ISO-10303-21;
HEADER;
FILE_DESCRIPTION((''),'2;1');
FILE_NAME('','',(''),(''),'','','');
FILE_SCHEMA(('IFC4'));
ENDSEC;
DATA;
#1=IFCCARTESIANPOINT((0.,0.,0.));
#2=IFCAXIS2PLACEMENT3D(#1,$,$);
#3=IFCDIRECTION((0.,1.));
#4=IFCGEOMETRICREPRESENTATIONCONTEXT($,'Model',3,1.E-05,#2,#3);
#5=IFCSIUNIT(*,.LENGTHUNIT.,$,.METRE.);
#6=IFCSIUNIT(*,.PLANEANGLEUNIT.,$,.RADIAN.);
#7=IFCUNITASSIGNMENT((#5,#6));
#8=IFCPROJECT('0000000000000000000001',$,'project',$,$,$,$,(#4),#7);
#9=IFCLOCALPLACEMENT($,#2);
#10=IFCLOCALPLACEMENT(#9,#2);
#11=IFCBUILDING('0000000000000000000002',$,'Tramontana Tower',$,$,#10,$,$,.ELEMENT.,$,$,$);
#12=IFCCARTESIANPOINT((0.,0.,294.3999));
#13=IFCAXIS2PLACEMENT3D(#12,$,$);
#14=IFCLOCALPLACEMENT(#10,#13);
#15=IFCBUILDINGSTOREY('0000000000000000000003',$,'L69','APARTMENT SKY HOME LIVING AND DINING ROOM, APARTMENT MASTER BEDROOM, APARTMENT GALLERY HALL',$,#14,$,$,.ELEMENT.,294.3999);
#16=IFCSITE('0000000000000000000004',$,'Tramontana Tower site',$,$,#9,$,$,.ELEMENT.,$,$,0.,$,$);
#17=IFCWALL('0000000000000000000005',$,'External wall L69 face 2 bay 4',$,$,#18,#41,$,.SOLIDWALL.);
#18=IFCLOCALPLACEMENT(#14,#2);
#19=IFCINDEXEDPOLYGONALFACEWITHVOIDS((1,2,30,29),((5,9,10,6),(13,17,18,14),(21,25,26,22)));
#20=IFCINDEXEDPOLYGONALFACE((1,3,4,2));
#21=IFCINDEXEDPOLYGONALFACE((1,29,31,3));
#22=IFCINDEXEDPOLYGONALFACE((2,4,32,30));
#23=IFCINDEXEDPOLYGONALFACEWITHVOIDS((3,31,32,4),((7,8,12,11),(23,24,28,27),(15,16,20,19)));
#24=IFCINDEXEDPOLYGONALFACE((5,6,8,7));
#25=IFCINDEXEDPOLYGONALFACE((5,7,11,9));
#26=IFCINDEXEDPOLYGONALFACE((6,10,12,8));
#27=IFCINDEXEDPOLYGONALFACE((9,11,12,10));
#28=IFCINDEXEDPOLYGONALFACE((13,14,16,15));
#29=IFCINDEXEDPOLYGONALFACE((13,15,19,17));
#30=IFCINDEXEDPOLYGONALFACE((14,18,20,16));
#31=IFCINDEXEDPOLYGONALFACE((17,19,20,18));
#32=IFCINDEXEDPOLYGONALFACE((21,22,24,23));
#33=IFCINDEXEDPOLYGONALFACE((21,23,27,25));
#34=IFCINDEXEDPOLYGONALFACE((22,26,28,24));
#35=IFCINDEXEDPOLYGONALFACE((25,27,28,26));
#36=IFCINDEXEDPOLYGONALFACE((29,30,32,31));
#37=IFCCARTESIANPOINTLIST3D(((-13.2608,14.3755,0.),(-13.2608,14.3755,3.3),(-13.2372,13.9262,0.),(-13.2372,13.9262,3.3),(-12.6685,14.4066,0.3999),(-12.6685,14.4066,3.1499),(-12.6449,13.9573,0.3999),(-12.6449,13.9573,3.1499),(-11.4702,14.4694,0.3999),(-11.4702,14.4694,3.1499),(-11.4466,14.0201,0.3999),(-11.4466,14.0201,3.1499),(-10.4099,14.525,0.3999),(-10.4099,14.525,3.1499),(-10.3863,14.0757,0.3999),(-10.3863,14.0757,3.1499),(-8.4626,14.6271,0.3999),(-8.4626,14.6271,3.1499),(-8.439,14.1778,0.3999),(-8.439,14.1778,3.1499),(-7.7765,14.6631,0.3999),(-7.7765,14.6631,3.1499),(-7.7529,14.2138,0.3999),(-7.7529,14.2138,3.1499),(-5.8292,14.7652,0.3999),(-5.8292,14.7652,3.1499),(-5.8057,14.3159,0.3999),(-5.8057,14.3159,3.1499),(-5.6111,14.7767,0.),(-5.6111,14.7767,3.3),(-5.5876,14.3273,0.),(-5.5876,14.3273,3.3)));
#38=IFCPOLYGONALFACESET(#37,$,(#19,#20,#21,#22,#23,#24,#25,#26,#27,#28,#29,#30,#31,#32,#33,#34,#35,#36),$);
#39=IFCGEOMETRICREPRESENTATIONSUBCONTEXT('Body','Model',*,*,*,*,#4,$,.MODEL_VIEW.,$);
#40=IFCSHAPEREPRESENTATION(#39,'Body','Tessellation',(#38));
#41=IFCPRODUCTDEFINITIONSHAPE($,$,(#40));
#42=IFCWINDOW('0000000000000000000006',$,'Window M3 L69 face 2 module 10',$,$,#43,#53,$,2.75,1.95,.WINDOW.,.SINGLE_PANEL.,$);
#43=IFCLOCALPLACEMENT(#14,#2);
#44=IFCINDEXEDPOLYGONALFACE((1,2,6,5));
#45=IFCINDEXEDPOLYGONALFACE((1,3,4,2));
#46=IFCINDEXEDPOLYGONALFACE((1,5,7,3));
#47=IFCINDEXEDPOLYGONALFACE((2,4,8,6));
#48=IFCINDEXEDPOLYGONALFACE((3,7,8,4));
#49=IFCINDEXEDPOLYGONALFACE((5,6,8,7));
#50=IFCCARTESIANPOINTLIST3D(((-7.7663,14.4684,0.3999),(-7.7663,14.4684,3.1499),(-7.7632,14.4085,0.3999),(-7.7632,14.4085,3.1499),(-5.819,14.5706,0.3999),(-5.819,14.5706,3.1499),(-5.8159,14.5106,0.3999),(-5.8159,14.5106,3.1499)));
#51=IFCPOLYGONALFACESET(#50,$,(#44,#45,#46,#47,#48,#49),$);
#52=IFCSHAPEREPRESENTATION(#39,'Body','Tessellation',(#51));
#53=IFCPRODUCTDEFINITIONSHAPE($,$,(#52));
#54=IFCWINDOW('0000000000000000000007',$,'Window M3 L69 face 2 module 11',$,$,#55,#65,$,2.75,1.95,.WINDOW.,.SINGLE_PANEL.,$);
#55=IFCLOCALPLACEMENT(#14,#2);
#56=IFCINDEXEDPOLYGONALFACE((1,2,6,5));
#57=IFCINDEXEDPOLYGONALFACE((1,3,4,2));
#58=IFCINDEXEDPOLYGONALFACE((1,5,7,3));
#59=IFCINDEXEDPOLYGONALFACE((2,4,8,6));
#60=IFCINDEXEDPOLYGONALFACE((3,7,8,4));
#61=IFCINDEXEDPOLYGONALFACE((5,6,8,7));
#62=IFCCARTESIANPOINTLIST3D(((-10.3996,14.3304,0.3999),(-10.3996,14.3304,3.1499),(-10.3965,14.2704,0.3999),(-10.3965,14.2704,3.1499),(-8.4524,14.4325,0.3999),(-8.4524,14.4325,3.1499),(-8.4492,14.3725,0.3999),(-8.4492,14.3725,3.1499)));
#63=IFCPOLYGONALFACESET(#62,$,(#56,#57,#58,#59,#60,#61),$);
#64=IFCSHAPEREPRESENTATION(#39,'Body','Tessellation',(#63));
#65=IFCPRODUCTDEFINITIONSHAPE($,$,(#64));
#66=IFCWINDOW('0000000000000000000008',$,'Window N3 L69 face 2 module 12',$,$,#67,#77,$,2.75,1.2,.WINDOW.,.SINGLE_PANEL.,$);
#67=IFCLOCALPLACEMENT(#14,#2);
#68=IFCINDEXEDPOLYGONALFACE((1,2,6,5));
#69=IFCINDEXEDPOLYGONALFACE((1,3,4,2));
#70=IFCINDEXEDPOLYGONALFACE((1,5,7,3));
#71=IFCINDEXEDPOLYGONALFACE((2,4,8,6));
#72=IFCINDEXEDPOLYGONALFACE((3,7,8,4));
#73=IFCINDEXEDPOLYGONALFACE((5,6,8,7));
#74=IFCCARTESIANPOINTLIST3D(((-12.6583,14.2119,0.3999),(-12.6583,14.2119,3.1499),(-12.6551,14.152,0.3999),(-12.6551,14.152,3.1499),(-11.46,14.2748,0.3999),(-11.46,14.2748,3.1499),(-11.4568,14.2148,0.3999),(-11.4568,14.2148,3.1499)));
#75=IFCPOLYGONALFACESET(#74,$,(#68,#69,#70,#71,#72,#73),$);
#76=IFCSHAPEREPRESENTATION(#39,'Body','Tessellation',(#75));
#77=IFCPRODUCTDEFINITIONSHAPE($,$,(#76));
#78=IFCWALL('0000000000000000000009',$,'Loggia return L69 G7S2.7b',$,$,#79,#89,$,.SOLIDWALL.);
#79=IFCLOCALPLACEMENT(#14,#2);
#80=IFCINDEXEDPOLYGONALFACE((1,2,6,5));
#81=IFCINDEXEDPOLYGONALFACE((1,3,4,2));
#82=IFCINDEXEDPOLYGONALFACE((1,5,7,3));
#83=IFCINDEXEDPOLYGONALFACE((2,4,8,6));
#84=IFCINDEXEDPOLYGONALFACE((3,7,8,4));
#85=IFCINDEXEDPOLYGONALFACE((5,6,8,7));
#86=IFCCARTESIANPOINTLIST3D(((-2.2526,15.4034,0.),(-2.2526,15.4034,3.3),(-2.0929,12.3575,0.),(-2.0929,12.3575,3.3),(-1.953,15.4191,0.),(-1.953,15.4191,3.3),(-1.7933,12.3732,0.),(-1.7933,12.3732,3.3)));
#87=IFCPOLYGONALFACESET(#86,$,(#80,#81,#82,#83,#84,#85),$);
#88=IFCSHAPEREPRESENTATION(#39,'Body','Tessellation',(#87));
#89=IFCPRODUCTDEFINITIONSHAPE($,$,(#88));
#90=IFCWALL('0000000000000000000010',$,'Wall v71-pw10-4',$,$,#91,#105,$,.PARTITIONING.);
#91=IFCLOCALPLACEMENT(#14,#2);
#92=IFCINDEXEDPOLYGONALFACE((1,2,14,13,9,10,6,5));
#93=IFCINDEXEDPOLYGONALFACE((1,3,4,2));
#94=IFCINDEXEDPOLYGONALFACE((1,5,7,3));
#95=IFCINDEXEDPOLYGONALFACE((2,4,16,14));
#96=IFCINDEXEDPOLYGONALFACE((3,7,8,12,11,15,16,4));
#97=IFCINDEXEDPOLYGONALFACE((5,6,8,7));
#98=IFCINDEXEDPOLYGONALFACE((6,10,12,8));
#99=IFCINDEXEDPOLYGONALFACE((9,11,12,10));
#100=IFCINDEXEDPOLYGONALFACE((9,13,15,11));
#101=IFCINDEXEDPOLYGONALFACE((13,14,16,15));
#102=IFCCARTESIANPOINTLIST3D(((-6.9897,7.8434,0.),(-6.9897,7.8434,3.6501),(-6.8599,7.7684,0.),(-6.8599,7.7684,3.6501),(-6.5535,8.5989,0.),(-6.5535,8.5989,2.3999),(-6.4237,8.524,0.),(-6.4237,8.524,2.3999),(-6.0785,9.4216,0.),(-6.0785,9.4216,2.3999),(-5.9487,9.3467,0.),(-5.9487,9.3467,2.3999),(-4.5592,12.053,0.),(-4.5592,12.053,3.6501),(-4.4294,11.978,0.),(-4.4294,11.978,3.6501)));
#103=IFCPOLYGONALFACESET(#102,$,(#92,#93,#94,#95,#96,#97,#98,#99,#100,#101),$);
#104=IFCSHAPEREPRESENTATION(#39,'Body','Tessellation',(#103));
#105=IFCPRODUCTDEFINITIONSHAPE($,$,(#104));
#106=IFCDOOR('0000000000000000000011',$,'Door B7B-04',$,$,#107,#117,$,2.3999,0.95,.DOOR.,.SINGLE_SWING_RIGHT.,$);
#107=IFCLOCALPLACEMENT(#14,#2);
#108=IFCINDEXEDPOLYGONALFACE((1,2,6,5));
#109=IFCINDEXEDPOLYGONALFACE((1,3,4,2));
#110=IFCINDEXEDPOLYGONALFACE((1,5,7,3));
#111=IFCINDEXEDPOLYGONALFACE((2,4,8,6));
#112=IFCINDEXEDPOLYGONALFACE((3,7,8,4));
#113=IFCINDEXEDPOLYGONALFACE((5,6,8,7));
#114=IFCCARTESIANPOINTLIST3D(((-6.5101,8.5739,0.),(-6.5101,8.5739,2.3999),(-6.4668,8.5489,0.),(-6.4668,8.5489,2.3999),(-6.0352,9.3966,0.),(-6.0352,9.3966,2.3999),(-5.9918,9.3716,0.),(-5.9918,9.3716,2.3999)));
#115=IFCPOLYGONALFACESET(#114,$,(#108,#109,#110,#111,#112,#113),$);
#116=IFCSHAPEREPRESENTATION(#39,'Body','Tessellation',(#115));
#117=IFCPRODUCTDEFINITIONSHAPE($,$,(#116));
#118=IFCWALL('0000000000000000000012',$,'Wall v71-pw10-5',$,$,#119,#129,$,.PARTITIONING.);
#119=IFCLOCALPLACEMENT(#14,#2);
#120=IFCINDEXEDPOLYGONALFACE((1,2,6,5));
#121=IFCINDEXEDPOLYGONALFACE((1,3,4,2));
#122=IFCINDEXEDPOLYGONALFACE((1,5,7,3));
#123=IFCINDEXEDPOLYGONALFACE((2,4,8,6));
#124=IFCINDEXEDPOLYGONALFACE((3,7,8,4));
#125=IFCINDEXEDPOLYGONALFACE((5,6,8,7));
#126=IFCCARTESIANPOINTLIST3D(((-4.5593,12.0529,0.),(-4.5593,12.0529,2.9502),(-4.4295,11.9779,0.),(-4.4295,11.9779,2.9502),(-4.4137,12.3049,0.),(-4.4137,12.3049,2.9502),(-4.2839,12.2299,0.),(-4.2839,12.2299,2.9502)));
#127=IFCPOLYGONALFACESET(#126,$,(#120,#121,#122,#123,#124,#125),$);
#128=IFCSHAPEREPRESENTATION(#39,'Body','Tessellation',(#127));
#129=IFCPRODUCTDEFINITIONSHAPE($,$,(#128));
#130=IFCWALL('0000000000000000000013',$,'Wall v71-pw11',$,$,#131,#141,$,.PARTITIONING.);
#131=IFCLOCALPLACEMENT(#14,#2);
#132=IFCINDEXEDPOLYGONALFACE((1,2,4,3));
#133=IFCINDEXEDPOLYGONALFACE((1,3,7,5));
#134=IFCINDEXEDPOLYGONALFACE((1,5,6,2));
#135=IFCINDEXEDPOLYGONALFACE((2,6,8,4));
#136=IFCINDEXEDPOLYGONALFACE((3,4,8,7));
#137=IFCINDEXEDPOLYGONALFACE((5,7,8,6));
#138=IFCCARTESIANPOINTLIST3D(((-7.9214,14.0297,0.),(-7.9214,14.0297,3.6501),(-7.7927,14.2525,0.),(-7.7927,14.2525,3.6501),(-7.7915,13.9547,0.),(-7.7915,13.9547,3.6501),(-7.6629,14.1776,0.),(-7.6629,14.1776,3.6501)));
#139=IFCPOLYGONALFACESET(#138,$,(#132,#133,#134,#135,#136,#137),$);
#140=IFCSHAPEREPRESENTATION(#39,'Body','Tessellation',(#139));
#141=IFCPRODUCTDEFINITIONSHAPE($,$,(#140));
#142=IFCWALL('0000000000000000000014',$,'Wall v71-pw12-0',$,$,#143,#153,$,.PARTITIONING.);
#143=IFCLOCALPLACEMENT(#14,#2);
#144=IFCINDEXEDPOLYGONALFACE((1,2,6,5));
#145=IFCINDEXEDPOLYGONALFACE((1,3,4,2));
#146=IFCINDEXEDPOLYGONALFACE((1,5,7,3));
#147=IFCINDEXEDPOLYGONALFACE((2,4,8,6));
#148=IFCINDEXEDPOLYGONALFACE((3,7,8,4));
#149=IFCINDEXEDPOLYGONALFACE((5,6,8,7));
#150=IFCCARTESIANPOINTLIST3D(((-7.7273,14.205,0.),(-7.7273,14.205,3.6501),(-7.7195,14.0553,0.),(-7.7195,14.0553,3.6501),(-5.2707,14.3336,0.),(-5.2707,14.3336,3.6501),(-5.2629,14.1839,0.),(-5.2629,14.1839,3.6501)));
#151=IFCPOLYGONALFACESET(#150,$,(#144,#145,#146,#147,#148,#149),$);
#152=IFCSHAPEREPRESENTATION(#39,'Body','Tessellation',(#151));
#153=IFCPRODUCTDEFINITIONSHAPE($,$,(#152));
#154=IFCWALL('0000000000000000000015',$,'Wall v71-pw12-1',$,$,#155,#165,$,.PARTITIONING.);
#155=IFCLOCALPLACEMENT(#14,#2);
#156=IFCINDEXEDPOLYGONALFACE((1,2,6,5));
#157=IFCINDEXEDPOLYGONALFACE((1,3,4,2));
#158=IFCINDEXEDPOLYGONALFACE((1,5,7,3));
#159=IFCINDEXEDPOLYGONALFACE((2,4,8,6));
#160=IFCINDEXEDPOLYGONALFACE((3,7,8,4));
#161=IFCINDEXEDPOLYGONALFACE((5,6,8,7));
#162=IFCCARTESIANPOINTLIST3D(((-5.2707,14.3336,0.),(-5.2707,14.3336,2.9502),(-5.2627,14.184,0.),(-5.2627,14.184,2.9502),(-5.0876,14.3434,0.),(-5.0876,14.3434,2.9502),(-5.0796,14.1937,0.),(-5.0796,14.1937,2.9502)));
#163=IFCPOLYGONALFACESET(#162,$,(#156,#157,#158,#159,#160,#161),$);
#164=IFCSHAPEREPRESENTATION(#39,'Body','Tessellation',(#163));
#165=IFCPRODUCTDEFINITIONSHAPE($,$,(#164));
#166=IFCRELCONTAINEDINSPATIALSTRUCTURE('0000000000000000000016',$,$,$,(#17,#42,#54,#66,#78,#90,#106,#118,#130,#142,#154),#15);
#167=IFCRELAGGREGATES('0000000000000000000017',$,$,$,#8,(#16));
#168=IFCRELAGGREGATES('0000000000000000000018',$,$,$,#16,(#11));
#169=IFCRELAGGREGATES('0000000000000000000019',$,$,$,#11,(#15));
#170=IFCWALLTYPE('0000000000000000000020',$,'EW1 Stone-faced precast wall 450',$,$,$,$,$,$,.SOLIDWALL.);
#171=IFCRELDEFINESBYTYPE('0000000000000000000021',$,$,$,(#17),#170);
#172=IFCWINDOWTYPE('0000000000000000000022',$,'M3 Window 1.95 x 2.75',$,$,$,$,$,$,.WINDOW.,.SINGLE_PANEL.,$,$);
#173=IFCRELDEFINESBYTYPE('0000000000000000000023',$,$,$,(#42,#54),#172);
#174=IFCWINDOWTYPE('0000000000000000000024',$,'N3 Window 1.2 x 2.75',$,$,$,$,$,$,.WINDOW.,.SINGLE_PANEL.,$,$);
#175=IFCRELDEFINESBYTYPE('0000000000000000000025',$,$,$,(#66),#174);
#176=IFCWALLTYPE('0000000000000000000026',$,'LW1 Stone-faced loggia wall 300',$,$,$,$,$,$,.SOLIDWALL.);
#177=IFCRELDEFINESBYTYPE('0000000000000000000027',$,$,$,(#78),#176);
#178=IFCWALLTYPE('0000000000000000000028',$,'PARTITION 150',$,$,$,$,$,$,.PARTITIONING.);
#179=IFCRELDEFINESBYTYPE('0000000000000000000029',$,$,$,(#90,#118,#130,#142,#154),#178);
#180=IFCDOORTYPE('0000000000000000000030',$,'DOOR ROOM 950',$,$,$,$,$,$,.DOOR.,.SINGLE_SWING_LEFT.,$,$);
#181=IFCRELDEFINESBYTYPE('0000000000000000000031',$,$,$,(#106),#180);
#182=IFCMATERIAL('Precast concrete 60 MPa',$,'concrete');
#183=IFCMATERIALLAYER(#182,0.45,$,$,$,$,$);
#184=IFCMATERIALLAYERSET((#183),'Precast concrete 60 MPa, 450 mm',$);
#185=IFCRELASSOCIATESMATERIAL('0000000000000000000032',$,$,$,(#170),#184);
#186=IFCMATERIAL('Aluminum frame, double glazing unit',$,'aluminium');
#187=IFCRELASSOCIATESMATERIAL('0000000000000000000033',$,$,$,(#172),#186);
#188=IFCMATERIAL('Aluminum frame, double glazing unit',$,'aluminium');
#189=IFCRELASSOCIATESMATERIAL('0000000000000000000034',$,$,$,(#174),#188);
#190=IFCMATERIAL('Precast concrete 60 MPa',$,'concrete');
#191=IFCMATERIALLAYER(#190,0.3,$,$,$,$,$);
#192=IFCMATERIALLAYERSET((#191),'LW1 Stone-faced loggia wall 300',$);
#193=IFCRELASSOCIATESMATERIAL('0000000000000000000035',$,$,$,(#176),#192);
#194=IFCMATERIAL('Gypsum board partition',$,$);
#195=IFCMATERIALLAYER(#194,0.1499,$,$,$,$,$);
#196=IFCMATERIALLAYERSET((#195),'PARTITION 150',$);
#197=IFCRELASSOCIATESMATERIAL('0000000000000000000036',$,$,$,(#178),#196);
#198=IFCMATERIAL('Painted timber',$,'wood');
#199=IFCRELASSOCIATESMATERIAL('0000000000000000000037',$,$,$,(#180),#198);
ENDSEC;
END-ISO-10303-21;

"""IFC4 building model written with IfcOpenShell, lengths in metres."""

from ifc_helpers import new_model, si_unit, direction, frame, frame_2d, origin, place, context, subcontext, project, spatial, rectangle, extrude, material, layer, layer_set, type_object, element, fill, save


model = new_model("IFC4")

# Units and contexts
model_context = context("Model", 3, precision=1e-05, world=origin(), true_north=direction((0.0, 1.0)))
body_context = subcontext(model_context, "Body", "Model", "MODEL_VIEW")
ifc_project = project(units=[si_unit("LENGTHUNIT", "METRE"), si_unit("PLANEANGLEUNIT", "RADIAN")], contexts=[model_context])

# Site, building, storey
site_placement = place(None, origin())
site = spatial("IfcSite", under=ifc_project, at=site_placement, Name="Tramontana Tower site", CompositionType="ELEMENT", RefElevation=0.0)
building_placement = place(site_placement, origin())
building = spatial("IfcBuilding", under=site, at=building_placement, Name="Tramontana Tower", CompositionType="ELEMENT")
storey_placement = place(building_placement, frame((0.0, 0.0, 294.3999)))
storey = spatial("IfcBuildingStorey", under=building, at=storey_placement, Name="L69", Description="APARTMENT SKY HOME LIVING AND DINING ROOM, APARTMENT MASTER BEDROOM, APARTMENT GALLERY HALL", CompositionType="ELEMENT", Elevation=294.3999)

# Shared definitions
ifc_material_1 = material(Name="Precast concrete 60 MPa", Category="concrete")
ifc_layer_1 = layer(ifc_material_1, 0.45)
ifc_layer_set_1 = layer_set([ifc_layer_1], Name="Precast concrete 60 MPa, 450 mm")
wall_type_1 = type_object("IfcWallType", Name="EW1 Stone-faced precast wall 450", PredefinedType="SOLIDWALL", material=ifc_layer_set_1)
ifc_material_2 = material(Name="Aluminum frame, double glazing unit", Category="aluminium")
window_type_1 = type_object("IfcWindowType", Name="M3 Window 1.95 x 2.75", PartitioningType="SINGLE_PANEL", PredefinedType="WINDOW", material=ifc_material_2)

# Wall, openings, windows
wall_1_placement = place(storey_placement, frame((-5.5994, 14.552, 0.0), z_axis=(0.0, 0.0, 1.0), x_axis=(-0.998628, -0.052365, 0.0)))
wall_1 = element("IfcWall", 1, at=wall_1_placement, inside=storey, type_object=wall_type_1, Name="External wall L69 face 2 bay 4", PredefinedType="SOLIDWALL", context=body_context, shape_type="SweptSolid", body=[
    extrude(rectangle(XDim=7.6602, YDim=0.45, at=frame_2d((3.8301, 0.0))), origin(), (0.0, 0.0, 1.0), 3.3),
])
opening_1_placement = place(wall_1_placement, frame((0.2183, 0.0, 0.3999)))
opening_1 = element("IfcOpeningElement", 2, at=opening_1_placement, cuts=wall_1, PredefinedType="OPENING", context=body_context, shape_type="SweptSolid", body=[
    extrude(rectangle(XDim=1.95, YDim=2.75, at=frame_2d((0.9751, 1.375))), frame((0.0, 0.2349, 0.0), z_axis=(0.0, -1.0, 0.0), x_axis=(1.0, 0.0, 0.0)), (0.0, 0.0, 1.0), 0.47),
])
opening_2_placement = place(wall_1_placement, frame((2.8552, 0.0, 0.3999)))
opening_2 = element("IfcOpeningElement", 3, at=opening_2_placement, cuts=wall_1, PredefinedType="OPENING", context=body_context, shape_type="SweptSolid", body=[
    extrude(rectangle(XDim=1.95, YDim=2.75, at=frame_2d((0.9751, 1.375))), frame((0.0, 0.2349, 0.0), z_axis=(0.0, -1.0, 0.0), x_axis=(1.0, 0.0, 0.0)), (0.0, 0.0, 1.0), 0.47),
])
opening_3_placement = place(wall_1_placement, frame((5.8669, 0.0, 0.3999)))
opening_3 = element("IfcOpeningElement", 4, at=opening_3_placement, cuts=wall_1, PredefinedType="OPENING", context=body_context, shape_type="SweptSolid", body=[
    extrude(rectangle(XDim=1.2, YDim=2.75, at=frame_2d((0.6001, 1.375))), frame((0.0, 0.2349, 0.0), z_axis=(0.0, -1.0, 0.0), x_axis=(1.0, 0.0, 0.0)), (0.0, 0.0, 1.0), 0.47),
])
window_1_placement = place(opening_1_placement, origin())
window_1 = element("IfcWindow", 5, at=window_1_placement, inside=storey, type_object=window_type_1, Name="Window M3 L69 face 2 module 10", OverallHeight=2.75, OverallWidth=1.95, PartitioningType="SINGLE_PANEL", PredefinedType="WINDOW", context=body_context, shape_type="SweptSolid", body=[
    extrude(rectangle(XDim=1.95, YDim=2.75, at=frame_2d((0.9751, 1.375))), frame((0.0, 0.03, 0.0), z_axis=(0.0, -1.0, 0.0), x_axis=(1.0, 0.0, 0.0)), (0.0, 0.0, 1.0), 0.0601),
])
fill(opening_1, window_1)
window_2_placement = place(opening_2_placement, origin())
window_2 = element("IfcWindow", 6, at=window_2_placement, inside=storey, type_object=window_type_1, Name="Window M3 L69 face 2 module 11", OverallHeight=2.75, OverallWidth=1.95, PartitioningType="SINGLE_PANEL", PredefinedType="WINDOW", context=body_context, shape_type="SweptSolid", body=[
    extrude(rectangle(XDim=1.95, YDim=2.75, at=frame_2d((0.9751, 1.375))), frame((0.0, 0.03, 0.0), z_axis=(0.0, -1.0, 0.0), x_axis=(1.0, 0.0, 0.0)), (0.0, 0.0, 1.0), 0.0601),
])
fill(opening_2, window_2)
ifc_material_3 = material(Name="Aluminum frame, double glazing unit", Category="aluminium")
window_type_2 = type_object("IfcWindowType", Name="N3 Window 1.2 x 2.75", PartitioningType="SINGLE_PANEL", PredefinedType="WINDOW", material=ifc_material_3)
window_3_placement = place(opening_3_placement, origin())
window_3 = element("IfcWindow", 7, at=window_3_placement, inside=storey, type_object=window_type_2, Name="Window N3 L69 face 2 module 12", OverallHeight=2.75, OverallWidth=1.2, PartitioningType="SINGLE_PANEL", PredefinedType="WINDOW", context=body_context, shape_type="SweptSolid", body=[
    extrude(rectangle(XDim=1.2, YDim=2.75, at=frame_2d((0.6001, 1.375))), frame((0.0, 0.03, 0.0), z_axis=(0.0, -1.0, 0.0), x_axis=(1.0, 0.0, 0.0)), (0.0, 0.0, 1.0), 0.0601),
])
fill(opening_3, window_3)

# Wall
ifc_material_4 = material(Name="Precast concrete 60 MPa", Category="concrete")
ifc_layer_2 = layer(ifc_material_4, 0.3)
ifc_layer_set_2 = layer_set([ifc_layer_2], Name="LW1 Stone-faced loggia wall 300")
wall_type_2 = type_object("IfcWallType", Name="LW1 Stone-faced loggia wall 300", PredefinedType="SOLIDWALL", material=ifc_layer_set_2)
wall_2_placement = place(storey_placement, frame((-2.1028, 15.4111, 0.0), z_axis=(0.0, 0.0, 1.0), x_axis=(0.052349, -0.998629, 0.0)))
element("IfcWall", 8, at=wall_2_placement, inside=storey, type_object=wall_type_2, Name="Loggia return L69 G7S2.7b", PredefinedType="SOLIDWALL", context=body_context, shape_type="SweptSolid", body=[
    extrude(rectangle(XDim=3.05, YDim=0.3, at=frame_2d((1.5249, 0.0))), origin(), (0.0, 0.0, 1.0), 3.3),
])

# Wall, opening, door
ifc_material_5 = material(Name="Gypsum board partition")
ifc_layer_3 = layer(ifc_material_5, 0.1499)
ifc_layer_set_3 = layer_set([ifc_layer_3], Name="PARTITION 150")
wall_type_3 = type_object("IfcWallType", Name="PARTITION 150", PredefinedType="PARTITIONING", material=ifc_layer_set_3)
wall_3_placement = place(storey_placement, frame((-6.9248, 7.8059, 0.0), z_axis=(0.0, 0.0, 1.0), x_axis=(0.500012, 0.866018, 0.0)))
wall_3 = element("IfcWall", 9, at=wall_3_placement, inside=storey, type_object=wall_type_3, Name="Wall v71-pw10-4", PredefinedType="PARTITIONING", context=body_context, shape_type="SweptSolid", body=[
    extrude(rectangle(XDim=4.8608, YDim=0.1499, at=frame_2d((2.4304, 0.0))), origin(), (0.0, 0.0, 1.0), 3.6501),
])
opening_4_placement = place(wall_3_placement, frame((0.8723, 0.0, 0.0)))
opening_4 = element("IfcOpeningElement", 10, at=opening_4_placement, cuts=wall_3, PredefinedType="OPENING", context=body_context, shape_type="SweptSolid", body=[
    extrude(rectangle(XDim=0.95, YDim=2.3999, at=frame_2d((0.4751, 1.2))), frame((0.0, 0.085, 0.0), z_axis=(0.0, -1.0, 0.0), x_axis=(1.0, 0.0, 0.0)), (0.0, 0.0, 1.0), 0.1699),
])
ifc_material_6 = material(Name="Painted timber", Category="wood")
door_type_1 = type_object("IfcDoorType", Name="DOOR ROOM 950", OperationType="SINGLE_SWING_LEFT", PredefinedType="DOOR", material=ifc_material_6)
door_1_placement = place(opening_4_placement, origin())
door_1 = element("IfcDoor", 11, at=door_1_placement, inside=storey, type_object=door_type_1, Name="Door B7B-04", OperationType="SINGLE_SWING_RIGHT", OverallHeight=2.3999, OverallWidth=0.95, PredefinedType="DOOR", context=body_context, shape_type="SweptSolid", body=[
    extrude(rectangle(XDim=0.95, YDim=2.3999, at=frame_2d((0.4751, 1.2))), frame((0.0, 0.0249, 0.0), z_axis=(0.0, -1.0, 0.0), x_axis=(1.0, 0.0, 0.0)), (0.0, 0.0, 1.0), 0.05),
])
fill(opening_4, door_1)

# Walls
wall_4_placement = place(storey_placement, frame((-4.4944, 12.0154, 0.0), z_axis=(0.0, 0.0, 1.0), x_axis=(0.50011, 0.865962, 0.0)))
element("IfcWall", 12, at=wall_4_placement, inside=storey, type_object=wall_type_3, Name="Wall v71-pw10-5", PredefinedType="PARTITIONING", context=body_context, shape_type="SweptSolid", body=[
    extrude(rectangle(XDim=0.291, YDim=0.1499, at=frame_2d((0.1455, 0.0))), origin(), (0.0, 0.0, 1.0), 2.9502),
])
wall_5_placement = place(storey_placement, frame((-7.8564, 13.9922, 0.0), z_axis=(0.0, 0.0, 1.0), x_axis=(0.499914, 0.866075, 0.0)))
element("IfcWall", 13, at=wall_5_placement, inside=storey, type_object=wall_type_3, Name="Wall v71-pw11", PredefinedType="PARTITIONING", context=body_context, shape_type="SweptSolid", body=[
    extrude(rectangle(XDim=0.2573, YDim=0.1499, at=frame_2d((0.1287, 0.0))), origin(), (0.0, 0.0, 1.0), 3.6501),
])
wall_6_placement = place(storey_placement, frame((-7.7234, 14.1301, 0.0), z_axis=(0.0, 0.0, 1.0), x_axis=(0.998631, 0.052304, 0.0)))
element("IfcWall", 14, at=wall_6_placement, inside=storey, type_object=wall_type_3, Name="Wall v71-pw12-0", PredefinedType="PARTITIONING", context=body_context, shape_type="SweptSolid", body=[
    extrude(rectangle(XDim=2.46, YDim=0.1499, at=frame_2d((1.23, 0.0))), origin(), (0.0, 0.0, 1.0), 3.6501),
])
wall_7_placement = place(storey_placement, frame((-5.2668, 14.2588, 0.0), z_axis=(0.0, 0.0, 1.0), x_axis=(0.998581, 0.053258, 0.0)))
element("IfcWall", 15, at=wall_7_placement, inside=storey, type_object=wall_type_3, Name="Wall v71-pw12-1", PredefinedType="PARTITIONING", context=body_context, shape_type="SweptSolid", body=[
    extrude(rectangle(XDim=0.1833, YDim=0.1499, at=frame_2d((0.0918, 0.0))), origin(), (0.0, 0.0, 1.0), 2.9502),
])

save(model, "model.ifc")
